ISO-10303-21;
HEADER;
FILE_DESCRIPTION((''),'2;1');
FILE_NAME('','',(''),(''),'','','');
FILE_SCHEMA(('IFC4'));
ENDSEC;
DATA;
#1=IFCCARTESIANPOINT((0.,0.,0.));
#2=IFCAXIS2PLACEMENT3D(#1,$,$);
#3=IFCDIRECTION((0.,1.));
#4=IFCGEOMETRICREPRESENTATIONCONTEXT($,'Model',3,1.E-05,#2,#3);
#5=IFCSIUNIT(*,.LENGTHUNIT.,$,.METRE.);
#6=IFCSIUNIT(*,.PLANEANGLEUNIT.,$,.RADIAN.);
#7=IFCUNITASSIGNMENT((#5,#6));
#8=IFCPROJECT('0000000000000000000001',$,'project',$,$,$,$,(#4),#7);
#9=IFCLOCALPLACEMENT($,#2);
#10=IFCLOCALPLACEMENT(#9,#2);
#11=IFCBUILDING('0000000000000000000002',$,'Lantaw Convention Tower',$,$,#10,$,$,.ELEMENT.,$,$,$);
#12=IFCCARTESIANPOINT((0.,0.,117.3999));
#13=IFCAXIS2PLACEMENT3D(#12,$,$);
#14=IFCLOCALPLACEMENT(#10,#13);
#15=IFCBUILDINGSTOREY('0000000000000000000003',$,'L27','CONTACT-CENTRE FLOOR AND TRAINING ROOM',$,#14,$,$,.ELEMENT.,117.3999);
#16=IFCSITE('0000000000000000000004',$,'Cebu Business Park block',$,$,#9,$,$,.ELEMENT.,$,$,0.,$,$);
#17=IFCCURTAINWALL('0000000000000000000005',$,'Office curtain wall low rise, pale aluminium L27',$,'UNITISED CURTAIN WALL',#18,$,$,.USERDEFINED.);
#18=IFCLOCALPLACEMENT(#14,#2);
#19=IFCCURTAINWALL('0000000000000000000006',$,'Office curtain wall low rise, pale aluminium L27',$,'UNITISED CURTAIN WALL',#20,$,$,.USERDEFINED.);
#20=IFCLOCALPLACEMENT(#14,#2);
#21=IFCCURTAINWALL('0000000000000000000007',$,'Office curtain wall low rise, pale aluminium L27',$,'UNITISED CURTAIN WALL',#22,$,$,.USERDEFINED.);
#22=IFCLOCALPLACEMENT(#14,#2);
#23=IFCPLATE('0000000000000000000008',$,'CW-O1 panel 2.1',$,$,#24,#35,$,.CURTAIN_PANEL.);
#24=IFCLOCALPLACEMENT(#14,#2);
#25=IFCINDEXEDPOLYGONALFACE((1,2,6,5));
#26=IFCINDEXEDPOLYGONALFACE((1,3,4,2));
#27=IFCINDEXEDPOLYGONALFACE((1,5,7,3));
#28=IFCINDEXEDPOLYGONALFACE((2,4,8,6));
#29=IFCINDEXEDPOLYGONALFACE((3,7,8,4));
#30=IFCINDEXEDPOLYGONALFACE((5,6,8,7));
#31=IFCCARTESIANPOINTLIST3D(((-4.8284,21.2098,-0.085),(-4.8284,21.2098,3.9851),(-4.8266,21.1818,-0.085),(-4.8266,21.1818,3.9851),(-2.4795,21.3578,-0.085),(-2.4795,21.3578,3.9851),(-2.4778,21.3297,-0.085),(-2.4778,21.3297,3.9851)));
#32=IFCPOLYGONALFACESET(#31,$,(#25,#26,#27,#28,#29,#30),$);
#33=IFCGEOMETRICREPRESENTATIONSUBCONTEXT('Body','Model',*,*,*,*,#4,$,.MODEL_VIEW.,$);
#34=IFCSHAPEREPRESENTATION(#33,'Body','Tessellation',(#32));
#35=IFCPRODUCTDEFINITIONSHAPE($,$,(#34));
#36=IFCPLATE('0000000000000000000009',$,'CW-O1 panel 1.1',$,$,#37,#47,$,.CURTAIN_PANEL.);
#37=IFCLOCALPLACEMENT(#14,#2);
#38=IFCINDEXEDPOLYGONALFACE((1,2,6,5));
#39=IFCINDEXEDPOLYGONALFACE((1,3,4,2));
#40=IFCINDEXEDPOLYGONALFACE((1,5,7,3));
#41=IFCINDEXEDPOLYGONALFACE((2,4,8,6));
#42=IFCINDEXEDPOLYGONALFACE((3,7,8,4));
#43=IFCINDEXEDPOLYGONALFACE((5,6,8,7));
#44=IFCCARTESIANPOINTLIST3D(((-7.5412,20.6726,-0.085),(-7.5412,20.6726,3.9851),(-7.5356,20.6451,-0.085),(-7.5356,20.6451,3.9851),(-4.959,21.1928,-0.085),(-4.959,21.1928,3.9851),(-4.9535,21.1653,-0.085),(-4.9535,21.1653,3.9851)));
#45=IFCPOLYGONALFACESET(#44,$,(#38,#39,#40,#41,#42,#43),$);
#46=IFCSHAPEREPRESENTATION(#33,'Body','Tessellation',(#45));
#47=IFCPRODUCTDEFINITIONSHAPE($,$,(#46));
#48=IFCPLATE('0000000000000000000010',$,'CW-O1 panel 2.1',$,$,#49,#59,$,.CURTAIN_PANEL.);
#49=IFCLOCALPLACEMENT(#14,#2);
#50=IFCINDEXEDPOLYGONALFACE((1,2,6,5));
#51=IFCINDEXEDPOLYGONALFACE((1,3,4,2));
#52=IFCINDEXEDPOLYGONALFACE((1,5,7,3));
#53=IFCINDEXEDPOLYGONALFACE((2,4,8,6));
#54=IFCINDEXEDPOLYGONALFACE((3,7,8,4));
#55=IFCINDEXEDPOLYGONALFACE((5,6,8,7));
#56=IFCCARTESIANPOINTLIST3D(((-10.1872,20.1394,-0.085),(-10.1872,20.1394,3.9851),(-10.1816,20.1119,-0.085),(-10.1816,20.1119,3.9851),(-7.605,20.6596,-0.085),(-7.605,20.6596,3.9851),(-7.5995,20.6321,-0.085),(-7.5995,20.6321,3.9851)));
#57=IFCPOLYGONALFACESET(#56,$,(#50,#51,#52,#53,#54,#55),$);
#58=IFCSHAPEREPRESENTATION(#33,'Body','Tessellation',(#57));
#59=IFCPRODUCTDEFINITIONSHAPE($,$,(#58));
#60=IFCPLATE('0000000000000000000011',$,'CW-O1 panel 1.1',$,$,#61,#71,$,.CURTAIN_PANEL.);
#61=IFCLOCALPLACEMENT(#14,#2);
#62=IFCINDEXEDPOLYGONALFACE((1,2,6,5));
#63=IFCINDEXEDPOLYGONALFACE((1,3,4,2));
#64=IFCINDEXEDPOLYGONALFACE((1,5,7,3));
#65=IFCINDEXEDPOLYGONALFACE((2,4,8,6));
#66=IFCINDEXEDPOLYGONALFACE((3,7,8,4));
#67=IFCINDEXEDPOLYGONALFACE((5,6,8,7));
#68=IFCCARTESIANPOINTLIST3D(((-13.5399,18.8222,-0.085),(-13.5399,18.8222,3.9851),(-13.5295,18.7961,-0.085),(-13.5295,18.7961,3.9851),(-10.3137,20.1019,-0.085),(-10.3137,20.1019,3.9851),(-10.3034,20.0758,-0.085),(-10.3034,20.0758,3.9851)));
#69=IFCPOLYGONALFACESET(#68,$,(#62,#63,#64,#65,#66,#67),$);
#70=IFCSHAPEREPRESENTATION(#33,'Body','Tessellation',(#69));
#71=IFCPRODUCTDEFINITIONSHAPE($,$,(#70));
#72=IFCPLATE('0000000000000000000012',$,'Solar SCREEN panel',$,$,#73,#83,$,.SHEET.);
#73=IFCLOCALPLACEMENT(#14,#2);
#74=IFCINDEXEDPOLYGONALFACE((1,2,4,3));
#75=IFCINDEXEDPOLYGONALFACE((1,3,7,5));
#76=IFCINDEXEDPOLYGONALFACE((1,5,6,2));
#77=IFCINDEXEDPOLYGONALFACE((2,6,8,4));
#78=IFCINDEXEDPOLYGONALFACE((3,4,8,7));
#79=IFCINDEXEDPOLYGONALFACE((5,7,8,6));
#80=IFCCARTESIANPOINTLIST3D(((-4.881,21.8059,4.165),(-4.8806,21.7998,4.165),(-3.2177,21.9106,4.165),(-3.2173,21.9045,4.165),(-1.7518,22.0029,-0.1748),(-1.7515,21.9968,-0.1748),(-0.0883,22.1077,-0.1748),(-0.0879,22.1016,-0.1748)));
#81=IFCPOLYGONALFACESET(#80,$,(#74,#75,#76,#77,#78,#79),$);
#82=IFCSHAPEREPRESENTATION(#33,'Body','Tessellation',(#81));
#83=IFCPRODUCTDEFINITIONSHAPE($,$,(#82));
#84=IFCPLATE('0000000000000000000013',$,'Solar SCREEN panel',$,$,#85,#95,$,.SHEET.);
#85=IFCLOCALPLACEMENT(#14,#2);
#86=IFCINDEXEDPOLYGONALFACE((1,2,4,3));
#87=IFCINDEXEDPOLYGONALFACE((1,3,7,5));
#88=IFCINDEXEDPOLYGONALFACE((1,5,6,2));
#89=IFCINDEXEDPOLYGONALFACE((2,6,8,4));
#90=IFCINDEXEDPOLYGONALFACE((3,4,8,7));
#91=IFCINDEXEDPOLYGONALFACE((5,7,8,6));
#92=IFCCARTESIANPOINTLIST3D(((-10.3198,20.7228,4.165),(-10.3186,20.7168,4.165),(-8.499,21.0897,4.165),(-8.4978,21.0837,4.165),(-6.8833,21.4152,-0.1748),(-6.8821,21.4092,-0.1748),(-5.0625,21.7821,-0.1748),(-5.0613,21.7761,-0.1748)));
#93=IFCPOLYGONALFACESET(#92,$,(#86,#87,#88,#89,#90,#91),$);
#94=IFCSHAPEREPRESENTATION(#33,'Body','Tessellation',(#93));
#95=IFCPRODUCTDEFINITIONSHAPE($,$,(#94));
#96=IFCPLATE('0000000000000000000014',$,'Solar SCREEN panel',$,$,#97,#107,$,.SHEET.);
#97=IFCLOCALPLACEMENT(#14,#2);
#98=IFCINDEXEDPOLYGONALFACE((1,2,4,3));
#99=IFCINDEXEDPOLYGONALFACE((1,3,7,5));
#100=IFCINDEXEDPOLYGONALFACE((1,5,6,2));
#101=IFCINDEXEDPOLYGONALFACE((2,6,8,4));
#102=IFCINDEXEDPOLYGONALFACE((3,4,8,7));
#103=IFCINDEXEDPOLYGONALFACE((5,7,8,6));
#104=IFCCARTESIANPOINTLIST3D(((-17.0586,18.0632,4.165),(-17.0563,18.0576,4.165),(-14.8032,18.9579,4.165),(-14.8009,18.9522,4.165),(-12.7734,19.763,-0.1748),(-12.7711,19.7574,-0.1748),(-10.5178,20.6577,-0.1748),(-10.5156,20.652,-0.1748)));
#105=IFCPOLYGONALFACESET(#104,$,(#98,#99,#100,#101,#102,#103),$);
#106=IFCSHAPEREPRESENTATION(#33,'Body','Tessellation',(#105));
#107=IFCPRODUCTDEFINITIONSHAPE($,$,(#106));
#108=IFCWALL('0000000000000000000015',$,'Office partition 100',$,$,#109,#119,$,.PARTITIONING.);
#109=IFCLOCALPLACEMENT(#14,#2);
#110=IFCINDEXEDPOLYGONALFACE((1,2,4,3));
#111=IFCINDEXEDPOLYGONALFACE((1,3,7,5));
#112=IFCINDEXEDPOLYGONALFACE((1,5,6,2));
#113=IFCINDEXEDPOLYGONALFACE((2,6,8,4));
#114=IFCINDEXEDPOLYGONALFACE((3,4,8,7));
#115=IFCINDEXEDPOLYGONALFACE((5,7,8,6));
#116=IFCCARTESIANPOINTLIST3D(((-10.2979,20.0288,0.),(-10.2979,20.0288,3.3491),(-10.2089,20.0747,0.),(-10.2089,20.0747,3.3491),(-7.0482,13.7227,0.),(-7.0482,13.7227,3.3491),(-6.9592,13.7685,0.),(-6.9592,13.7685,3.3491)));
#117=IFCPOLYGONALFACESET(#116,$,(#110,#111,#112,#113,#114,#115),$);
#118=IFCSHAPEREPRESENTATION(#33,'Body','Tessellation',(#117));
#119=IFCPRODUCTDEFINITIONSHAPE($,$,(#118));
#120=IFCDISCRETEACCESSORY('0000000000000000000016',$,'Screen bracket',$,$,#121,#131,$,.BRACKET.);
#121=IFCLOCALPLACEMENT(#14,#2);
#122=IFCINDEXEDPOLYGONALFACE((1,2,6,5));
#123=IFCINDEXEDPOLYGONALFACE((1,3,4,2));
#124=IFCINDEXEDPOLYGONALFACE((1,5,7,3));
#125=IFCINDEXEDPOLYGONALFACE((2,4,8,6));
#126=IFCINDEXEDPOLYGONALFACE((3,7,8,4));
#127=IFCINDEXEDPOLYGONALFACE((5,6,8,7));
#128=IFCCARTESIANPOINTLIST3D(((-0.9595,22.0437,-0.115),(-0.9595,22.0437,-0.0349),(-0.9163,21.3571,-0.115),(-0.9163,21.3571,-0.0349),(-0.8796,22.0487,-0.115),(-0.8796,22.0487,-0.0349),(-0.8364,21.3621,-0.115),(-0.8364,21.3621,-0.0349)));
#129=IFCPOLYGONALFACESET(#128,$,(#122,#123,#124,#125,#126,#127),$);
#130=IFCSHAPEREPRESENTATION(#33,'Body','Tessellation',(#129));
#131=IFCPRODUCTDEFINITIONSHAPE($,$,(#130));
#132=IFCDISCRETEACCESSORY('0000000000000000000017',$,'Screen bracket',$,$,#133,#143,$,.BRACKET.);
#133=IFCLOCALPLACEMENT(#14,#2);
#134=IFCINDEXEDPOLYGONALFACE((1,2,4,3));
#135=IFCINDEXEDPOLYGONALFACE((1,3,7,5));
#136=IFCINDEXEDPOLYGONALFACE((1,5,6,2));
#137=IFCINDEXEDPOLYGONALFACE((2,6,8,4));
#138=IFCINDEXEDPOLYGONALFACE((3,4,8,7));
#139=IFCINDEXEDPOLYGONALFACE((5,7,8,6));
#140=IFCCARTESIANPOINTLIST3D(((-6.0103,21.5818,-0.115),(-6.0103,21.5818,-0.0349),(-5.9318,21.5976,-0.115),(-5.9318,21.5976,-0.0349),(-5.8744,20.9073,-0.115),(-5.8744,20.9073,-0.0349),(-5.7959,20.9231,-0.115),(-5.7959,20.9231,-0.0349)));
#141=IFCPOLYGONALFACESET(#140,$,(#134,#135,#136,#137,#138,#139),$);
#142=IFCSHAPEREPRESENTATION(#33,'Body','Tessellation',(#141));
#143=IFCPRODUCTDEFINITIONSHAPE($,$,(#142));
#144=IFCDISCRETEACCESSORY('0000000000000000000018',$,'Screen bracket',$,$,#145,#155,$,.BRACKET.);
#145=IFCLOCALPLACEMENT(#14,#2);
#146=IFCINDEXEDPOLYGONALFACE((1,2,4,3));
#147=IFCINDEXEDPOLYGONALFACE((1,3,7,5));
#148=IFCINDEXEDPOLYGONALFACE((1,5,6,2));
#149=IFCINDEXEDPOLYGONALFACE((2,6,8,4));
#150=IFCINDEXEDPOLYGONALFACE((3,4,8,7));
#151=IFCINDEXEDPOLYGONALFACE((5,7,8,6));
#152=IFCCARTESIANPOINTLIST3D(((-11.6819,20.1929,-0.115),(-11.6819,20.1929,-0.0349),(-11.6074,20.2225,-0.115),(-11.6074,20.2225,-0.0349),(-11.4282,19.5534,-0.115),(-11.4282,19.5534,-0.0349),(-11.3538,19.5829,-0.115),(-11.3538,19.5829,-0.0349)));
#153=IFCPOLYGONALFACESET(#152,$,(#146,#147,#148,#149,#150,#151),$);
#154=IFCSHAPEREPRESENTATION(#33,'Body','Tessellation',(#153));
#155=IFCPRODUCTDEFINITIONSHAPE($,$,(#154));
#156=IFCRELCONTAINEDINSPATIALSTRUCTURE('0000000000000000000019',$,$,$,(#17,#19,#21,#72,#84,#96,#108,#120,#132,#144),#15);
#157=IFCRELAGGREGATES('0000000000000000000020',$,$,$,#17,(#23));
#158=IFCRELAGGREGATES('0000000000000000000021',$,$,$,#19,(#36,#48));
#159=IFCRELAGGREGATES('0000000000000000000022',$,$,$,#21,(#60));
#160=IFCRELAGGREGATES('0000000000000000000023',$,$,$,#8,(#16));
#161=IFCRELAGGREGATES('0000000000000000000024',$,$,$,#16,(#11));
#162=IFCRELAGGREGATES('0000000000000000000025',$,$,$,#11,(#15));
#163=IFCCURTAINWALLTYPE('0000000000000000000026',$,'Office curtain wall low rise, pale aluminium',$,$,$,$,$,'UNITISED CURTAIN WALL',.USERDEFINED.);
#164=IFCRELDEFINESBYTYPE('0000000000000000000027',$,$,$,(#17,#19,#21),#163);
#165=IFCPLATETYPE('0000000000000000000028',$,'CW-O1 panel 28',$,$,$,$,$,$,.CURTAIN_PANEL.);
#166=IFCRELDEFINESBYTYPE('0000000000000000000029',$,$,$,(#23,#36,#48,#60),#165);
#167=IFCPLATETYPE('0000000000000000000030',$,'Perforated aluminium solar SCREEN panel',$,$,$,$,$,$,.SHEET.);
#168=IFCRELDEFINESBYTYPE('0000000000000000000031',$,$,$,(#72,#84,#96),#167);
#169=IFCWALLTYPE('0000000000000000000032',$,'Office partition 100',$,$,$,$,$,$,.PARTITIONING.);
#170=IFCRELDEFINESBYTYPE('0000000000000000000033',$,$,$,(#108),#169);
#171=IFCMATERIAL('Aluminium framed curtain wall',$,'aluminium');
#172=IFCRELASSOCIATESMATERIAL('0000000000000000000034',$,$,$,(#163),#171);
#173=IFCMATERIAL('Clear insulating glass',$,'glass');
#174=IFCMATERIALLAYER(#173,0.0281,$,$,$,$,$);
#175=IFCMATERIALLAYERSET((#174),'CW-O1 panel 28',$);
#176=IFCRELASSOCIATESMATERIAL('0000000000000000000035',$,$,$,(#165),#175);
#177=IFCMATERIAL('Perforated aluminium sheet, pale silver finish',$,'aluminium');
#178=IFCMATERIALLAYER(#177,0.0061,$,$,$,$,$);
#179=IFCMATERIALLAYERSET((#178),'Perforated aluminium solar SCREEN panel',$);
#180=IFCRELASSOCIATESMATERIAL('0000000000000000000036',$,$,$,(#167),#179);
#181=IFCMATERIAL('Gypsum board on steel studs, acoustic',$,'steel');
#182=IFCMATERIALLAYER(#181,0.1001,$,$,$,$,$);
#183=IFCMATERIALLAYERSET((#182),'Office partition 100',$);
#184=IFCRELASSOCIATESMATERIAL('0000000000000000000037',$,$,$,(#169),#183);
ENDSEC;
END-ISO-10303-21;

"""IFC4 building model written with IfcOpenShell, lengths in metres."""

from ifc_helpers import new_model, si_unit, direction, frame, frame_2d, origin, origin_2d, place, context, subcontext, project, spatial, polyline, rectangle, outline, extrude, material, layer, layer_set, type_object, element, aggregate, save


model = new_model("IFC4")

# Units and contexts
model_context = context("Model", 3, precision=1e-05, world=origin(), true_north=direction((0.0, 1.0)))
body_context = subcontext(model_context, "Body", "Model", "MODEL_VIEW")
ifc_project = project(units=[si_unit("LENGTHUNIT", "METRE"), si_unit("PLANEANGLEUNIT", "RADIAN")], contexts=[model_context])

# Site, building, storey
site_placement = place(None, origin())
site = spatial("IfcSite", under=ifc_project, at=site_placement, Name="Cebu Business Park block", CompositionType="ELEMENT", RefElevation=0.0)
building_placement = place(site_placement, origin())
building = spatial("IfcBuilding", under=site, at=building_placement, Name="Lantaw Convention Tower", CompositionType="ELEMENT")
storey_placement = place(building_placement, frame((0.0, 0.0, 117.3999)))
storey = spatial("IfcBuildingStorey", under=building, at=storey_placement, Name="L27", Description="CONTACT-CENTRE FLOOR AND TRAINING ROOM", CompositionType="ELEMENT", Elevation=117.3999)

# Curtain walls
ifc_material_1 = material(Name="Aluminium framed curtain wall", Category="aluminium")
curtain_wall_type = type_object("IfcCurtainWallType", Name="Office curtain wall low rise, pale aluminium", ElementType="UNITISED CURTAIN WALL", PredefinedType="USERDEFINED", material=ifc_material_1)
curtain_wall_1_placement = place(storey_placement, origin())
curtain_wall_1 = element("IfcCurtainWall", 1, at=curtain_wall_1_placement, inside=storey, type_object=curtain_wall_type, Name="Office curtain wall low rise, pale aluminium L27", ObjectType="UNITISED CURTAIN WALL", PredefinedType="USERDEFINED")
curtain_wall_2_placement = place(storey_placement, origin())
curtain_wall_2 = element("IfcCurtainWall", 2, at=curtain_wall_2_placement, inside=storey, type_object=curtain_wall_type, Name="Office curtain wall low rise, pale aluminium L27", ObjectType="UNITISED CURTAIN WALL", PredefinedType="USERDEFINED")

# Curtain wall
curtain_wall_3_placement = place(storey_placement, origin())
curtain_wall_3 = element("IfcCurtainWall", 3, at=curtain_wall_3_placement, inside=storey, type_object=curtain_wall_type, Name="Office curtain wall low rise, pale aluminium L27", ObjectType="UNITISED CURTAIN WALL", PredefinedType="USERDEFINED")

# Plates
ifc_material_2 = material(Name="Clear insulating glass", Category="glass")
ifc_layer_1 = layer(ifc_material_2, 0.0281)
ifc_layer_set_1 = layer_set([ifc_layer_1], Name="CW-O1 panel 28")
plate_type_1 = type_object("IfcPlateType", Name="CW-O1 panel 28", PredefinedType="CURTAIN_PANEL", material=ifc_layer_set_1)
plate_1_placement = place(storey_placement, frame((-3.6531, 21.2698, -0.085), z_axis=(0.0, 0.0, 1.0), x_axis=(-0.998022, -0.062865, 0.0)))
plate_1 = element("IfcPlate", 4, at=plate_1_placement, type_object=plate_type_1, Name="CW-O1 panel 2.1", PredefinedType="CURTAIN_PANEL", context=body_context, shape_type="SweptSolid", body=[
    extrude(rectangle(XDim=2.3535, YDim=0.0281, at=origin_2d()), origin(), (0.0, 0.0, 1.0), 4.0701),
])
aggregate(curtain_wall_1, [plate_1])
plate_2_placement = place(storey_placement, frame((-6.2473, 20.9189, -0.085), z_axis=(0.0, 0.0, 1.0), x_axis=(-0.980302, -0.197507, 0.0)))
plate_2 = element("IfcPlate", 5, at=plate_2_placement, type_object=plate_type_1, Name="CW-O1 panel 1.1", PredefinedType="CURTAIN_PANEL", context=body_context, shape_type="SweptSolid", body=[
    extrude(rectangle(XDim=2.634, YDim=0.0281, at=origin_2d()), origin(), (0.0, 0.0, 1.0), 4.0701),
])
plate_3_placement = place(storey_placement, frame((-8.8933, 20.3857, -0.085), z_axis=(0.0, 0.0, 1.0), x_axis=(-0.980302, -0.197507, 0.0)))
plate_3 = element("IfcPlate", 6, at=plate_3_placement, type_object=plate_type_1, Name="CW-O1 panel 2.1", PredefinedType="CURTAIN_PANEL", context=body_context, shape_type="SweptSolid", body=[
    extrude(rectangle(XDim=2.634, YDim=0.0281, at=origin_2d()), origin(), (0.0, 0.0, 1.0), 4.0701),
])
aggregate(curtain_wall_2, [plate_2, plate_3])
plate_4_placement = place(storey_placement, frame((-11.9216, 19.449, -0.085), z_axis=(0.0, 0.0, 1.0), x_axis=(-0.929548, -0.368702, 0.0)))
plate_4 = element("IfcPlate", 7, at=plate_4_placement, type_object=plate_type_1, Name="CW-O1 panel 1.1", PredefinedType="CURTAIN_PANEL", context=body_context, shape_type="SweptSolid", body=[
    extrude(rectangle(XDim=3.4707, YDim=0.0281, at=origin_2d()), origin(), (0.0, 0.0, 1.0), 4.0701),
])
aggregate(curtain_wall_3, [plate_4])

# Plates
ifc_material_3 = material(Name="Perforated aluminium sheet, pale silver finish", Category="aluminium")
ifc_layer_2 = layer(ifc_material_3, 0.0061)
ifc_layer_set_2 = layer_set([ifc_layer_2], Name="Perforated aluminium solar SCREEN panel")
plate_type_2 = type_object("IfcPlateType", Name="Perforated aluminium solar SCREEN panel", PredefinedType="SHEET", material=ifc_layer_set_2)
plate_5_placement = place(storey_placement, frame((-0.0879, 22.1016, -0.1748), z_axis=(0.062839, -0.998024, 0.000002), x_axis=(-0.998024, -0.062839, 0.0)))
element("IfcPlate", 8, at=plate_5_placement, inside=storey, type_object=plate_type_2, Name="Solar SCREEN panel", PredefinedType="SHEET", context=body_context, shape_type="SweptSolid", body=[
    extrude(outline(polyline([(0.0, 0.0), (1.6669, 0.0), (4.8022, -4.3398), (3.1356, -4.3398), (0.0, 0.0)])), origin(), (0.0, 0.0, -1.0), 0.0061),
])
plate_6_placement = place(storey_placement, frame((-5.0613, 21.7761, -0.1748), z_axis=(0.197557, -0.980291, 0.000039), x_axis=(-0.980291, -0.197557, 0.0)))
element("IfcPlate", 9, at=plate_6_placement, inside=storey, type_object=plate_type_2, Name="Solar SCREEN panel", PredefinedType="SHEET", context=body_context, shape_type="SweptSolid", body=[
    extrude(outline(polyline([(0.0, 0.0), (1.8574, 0.0), (5.363, -4.3398), (3.5056, -4.3398), (0.0, 0.0)])), origin(), (0.0, 0.0, -1.0), 0.0061),
])
plate_7_placement = place(storey_placement, frame((-10.5178, 20.6577, -0.1748), z_axis=(-0.368709, 0.929545, 0.000011), x_axis=(-0.929545, -0.368709, 0.0)))
element("IfcPlate", 10, at=plate_7_placement, inside=storey, type_object=plate_type_2, Name="Solar SCREEN panel", PredefinedType="SHEET", context=body_context, shape_type="SweptSolid", body=[
    extrude(outline(polyline([(0.0, 0.0), (2.4265, 0.0), (7.0365, 4.3398), (4.6102, 4.3398), (0.0, 0.0)])), origin(), (0.0, 0.0, -1.0), 0.0061),
])

# Wall
ifc_material_4 = material(Name="Gypsum board on steel studs, acoustic", Category="steel")
ifc_layer_3 = layer(ifc_material_4, 0.1001)
ifc_layer_set_3 = layer_set([ifc_layer_3], Name="Office partition 100")
wall_type = type_object("IfcWallType", Name="Office partition 100", PredefinedType="PARTITIONING", material=ifc_layer_set_3)
wall_placement = place(storey_placement, frame((-10.2534, 20.0518, 0.0), z_axis=(0.0, 0.0, 1.0), x_axis=(0.458083, -0.88891, 0.0)))
element("IfcWall", 11, at=wall_placement, inside=storey, type_object=wall_type, Name="Office partition 100", PredefinedType="PARTITIONING", context=body_context, shape_type="SweptSolid", body=[
    extrude(rectangle(XDim=7.0942, YDim=0.1001, at=frame_2d((3.5471, 0.0))), origin(), (0.0, 0.0, 1.0), 3.3491),
])

# Discrete accessories
for number, where, z_axis, x_axis, name in (
    (12, (-0.8979, 21.7029, -0.115), (0.0, 0.0, 1.0), (-0.998022, -0.062865, 0.0), "Screen bracket"),
    (13, (-5.9031, 21.2524, -0.115), (0.0, 0.0, 1.0), (-0.980302, -0.197507, 0.0), "Screen bracket"),
    (14, (-11.5178, 19.8879, -0.115), (0.0, 0.0, 1.0), (-0.929548, -0.368702, 0.0), "Screen bracket"),
):
    element("IfcDiscreteAccessory", number, at=place(storey_placement, frame(where, z_axis=z_axis, x_axis=x_axis)), inside=storey, Name=name, PredefinedType="BRACKET", context=body_context, shape_type="SweptSolid", body=[
        extrude(rectangle(XDim=0.0801, YDim=0.688, at=origin_2d()), origin(), (0.0, 0.0, 1.0), 0.0801),
    ])

save(model, "model.ifc")
